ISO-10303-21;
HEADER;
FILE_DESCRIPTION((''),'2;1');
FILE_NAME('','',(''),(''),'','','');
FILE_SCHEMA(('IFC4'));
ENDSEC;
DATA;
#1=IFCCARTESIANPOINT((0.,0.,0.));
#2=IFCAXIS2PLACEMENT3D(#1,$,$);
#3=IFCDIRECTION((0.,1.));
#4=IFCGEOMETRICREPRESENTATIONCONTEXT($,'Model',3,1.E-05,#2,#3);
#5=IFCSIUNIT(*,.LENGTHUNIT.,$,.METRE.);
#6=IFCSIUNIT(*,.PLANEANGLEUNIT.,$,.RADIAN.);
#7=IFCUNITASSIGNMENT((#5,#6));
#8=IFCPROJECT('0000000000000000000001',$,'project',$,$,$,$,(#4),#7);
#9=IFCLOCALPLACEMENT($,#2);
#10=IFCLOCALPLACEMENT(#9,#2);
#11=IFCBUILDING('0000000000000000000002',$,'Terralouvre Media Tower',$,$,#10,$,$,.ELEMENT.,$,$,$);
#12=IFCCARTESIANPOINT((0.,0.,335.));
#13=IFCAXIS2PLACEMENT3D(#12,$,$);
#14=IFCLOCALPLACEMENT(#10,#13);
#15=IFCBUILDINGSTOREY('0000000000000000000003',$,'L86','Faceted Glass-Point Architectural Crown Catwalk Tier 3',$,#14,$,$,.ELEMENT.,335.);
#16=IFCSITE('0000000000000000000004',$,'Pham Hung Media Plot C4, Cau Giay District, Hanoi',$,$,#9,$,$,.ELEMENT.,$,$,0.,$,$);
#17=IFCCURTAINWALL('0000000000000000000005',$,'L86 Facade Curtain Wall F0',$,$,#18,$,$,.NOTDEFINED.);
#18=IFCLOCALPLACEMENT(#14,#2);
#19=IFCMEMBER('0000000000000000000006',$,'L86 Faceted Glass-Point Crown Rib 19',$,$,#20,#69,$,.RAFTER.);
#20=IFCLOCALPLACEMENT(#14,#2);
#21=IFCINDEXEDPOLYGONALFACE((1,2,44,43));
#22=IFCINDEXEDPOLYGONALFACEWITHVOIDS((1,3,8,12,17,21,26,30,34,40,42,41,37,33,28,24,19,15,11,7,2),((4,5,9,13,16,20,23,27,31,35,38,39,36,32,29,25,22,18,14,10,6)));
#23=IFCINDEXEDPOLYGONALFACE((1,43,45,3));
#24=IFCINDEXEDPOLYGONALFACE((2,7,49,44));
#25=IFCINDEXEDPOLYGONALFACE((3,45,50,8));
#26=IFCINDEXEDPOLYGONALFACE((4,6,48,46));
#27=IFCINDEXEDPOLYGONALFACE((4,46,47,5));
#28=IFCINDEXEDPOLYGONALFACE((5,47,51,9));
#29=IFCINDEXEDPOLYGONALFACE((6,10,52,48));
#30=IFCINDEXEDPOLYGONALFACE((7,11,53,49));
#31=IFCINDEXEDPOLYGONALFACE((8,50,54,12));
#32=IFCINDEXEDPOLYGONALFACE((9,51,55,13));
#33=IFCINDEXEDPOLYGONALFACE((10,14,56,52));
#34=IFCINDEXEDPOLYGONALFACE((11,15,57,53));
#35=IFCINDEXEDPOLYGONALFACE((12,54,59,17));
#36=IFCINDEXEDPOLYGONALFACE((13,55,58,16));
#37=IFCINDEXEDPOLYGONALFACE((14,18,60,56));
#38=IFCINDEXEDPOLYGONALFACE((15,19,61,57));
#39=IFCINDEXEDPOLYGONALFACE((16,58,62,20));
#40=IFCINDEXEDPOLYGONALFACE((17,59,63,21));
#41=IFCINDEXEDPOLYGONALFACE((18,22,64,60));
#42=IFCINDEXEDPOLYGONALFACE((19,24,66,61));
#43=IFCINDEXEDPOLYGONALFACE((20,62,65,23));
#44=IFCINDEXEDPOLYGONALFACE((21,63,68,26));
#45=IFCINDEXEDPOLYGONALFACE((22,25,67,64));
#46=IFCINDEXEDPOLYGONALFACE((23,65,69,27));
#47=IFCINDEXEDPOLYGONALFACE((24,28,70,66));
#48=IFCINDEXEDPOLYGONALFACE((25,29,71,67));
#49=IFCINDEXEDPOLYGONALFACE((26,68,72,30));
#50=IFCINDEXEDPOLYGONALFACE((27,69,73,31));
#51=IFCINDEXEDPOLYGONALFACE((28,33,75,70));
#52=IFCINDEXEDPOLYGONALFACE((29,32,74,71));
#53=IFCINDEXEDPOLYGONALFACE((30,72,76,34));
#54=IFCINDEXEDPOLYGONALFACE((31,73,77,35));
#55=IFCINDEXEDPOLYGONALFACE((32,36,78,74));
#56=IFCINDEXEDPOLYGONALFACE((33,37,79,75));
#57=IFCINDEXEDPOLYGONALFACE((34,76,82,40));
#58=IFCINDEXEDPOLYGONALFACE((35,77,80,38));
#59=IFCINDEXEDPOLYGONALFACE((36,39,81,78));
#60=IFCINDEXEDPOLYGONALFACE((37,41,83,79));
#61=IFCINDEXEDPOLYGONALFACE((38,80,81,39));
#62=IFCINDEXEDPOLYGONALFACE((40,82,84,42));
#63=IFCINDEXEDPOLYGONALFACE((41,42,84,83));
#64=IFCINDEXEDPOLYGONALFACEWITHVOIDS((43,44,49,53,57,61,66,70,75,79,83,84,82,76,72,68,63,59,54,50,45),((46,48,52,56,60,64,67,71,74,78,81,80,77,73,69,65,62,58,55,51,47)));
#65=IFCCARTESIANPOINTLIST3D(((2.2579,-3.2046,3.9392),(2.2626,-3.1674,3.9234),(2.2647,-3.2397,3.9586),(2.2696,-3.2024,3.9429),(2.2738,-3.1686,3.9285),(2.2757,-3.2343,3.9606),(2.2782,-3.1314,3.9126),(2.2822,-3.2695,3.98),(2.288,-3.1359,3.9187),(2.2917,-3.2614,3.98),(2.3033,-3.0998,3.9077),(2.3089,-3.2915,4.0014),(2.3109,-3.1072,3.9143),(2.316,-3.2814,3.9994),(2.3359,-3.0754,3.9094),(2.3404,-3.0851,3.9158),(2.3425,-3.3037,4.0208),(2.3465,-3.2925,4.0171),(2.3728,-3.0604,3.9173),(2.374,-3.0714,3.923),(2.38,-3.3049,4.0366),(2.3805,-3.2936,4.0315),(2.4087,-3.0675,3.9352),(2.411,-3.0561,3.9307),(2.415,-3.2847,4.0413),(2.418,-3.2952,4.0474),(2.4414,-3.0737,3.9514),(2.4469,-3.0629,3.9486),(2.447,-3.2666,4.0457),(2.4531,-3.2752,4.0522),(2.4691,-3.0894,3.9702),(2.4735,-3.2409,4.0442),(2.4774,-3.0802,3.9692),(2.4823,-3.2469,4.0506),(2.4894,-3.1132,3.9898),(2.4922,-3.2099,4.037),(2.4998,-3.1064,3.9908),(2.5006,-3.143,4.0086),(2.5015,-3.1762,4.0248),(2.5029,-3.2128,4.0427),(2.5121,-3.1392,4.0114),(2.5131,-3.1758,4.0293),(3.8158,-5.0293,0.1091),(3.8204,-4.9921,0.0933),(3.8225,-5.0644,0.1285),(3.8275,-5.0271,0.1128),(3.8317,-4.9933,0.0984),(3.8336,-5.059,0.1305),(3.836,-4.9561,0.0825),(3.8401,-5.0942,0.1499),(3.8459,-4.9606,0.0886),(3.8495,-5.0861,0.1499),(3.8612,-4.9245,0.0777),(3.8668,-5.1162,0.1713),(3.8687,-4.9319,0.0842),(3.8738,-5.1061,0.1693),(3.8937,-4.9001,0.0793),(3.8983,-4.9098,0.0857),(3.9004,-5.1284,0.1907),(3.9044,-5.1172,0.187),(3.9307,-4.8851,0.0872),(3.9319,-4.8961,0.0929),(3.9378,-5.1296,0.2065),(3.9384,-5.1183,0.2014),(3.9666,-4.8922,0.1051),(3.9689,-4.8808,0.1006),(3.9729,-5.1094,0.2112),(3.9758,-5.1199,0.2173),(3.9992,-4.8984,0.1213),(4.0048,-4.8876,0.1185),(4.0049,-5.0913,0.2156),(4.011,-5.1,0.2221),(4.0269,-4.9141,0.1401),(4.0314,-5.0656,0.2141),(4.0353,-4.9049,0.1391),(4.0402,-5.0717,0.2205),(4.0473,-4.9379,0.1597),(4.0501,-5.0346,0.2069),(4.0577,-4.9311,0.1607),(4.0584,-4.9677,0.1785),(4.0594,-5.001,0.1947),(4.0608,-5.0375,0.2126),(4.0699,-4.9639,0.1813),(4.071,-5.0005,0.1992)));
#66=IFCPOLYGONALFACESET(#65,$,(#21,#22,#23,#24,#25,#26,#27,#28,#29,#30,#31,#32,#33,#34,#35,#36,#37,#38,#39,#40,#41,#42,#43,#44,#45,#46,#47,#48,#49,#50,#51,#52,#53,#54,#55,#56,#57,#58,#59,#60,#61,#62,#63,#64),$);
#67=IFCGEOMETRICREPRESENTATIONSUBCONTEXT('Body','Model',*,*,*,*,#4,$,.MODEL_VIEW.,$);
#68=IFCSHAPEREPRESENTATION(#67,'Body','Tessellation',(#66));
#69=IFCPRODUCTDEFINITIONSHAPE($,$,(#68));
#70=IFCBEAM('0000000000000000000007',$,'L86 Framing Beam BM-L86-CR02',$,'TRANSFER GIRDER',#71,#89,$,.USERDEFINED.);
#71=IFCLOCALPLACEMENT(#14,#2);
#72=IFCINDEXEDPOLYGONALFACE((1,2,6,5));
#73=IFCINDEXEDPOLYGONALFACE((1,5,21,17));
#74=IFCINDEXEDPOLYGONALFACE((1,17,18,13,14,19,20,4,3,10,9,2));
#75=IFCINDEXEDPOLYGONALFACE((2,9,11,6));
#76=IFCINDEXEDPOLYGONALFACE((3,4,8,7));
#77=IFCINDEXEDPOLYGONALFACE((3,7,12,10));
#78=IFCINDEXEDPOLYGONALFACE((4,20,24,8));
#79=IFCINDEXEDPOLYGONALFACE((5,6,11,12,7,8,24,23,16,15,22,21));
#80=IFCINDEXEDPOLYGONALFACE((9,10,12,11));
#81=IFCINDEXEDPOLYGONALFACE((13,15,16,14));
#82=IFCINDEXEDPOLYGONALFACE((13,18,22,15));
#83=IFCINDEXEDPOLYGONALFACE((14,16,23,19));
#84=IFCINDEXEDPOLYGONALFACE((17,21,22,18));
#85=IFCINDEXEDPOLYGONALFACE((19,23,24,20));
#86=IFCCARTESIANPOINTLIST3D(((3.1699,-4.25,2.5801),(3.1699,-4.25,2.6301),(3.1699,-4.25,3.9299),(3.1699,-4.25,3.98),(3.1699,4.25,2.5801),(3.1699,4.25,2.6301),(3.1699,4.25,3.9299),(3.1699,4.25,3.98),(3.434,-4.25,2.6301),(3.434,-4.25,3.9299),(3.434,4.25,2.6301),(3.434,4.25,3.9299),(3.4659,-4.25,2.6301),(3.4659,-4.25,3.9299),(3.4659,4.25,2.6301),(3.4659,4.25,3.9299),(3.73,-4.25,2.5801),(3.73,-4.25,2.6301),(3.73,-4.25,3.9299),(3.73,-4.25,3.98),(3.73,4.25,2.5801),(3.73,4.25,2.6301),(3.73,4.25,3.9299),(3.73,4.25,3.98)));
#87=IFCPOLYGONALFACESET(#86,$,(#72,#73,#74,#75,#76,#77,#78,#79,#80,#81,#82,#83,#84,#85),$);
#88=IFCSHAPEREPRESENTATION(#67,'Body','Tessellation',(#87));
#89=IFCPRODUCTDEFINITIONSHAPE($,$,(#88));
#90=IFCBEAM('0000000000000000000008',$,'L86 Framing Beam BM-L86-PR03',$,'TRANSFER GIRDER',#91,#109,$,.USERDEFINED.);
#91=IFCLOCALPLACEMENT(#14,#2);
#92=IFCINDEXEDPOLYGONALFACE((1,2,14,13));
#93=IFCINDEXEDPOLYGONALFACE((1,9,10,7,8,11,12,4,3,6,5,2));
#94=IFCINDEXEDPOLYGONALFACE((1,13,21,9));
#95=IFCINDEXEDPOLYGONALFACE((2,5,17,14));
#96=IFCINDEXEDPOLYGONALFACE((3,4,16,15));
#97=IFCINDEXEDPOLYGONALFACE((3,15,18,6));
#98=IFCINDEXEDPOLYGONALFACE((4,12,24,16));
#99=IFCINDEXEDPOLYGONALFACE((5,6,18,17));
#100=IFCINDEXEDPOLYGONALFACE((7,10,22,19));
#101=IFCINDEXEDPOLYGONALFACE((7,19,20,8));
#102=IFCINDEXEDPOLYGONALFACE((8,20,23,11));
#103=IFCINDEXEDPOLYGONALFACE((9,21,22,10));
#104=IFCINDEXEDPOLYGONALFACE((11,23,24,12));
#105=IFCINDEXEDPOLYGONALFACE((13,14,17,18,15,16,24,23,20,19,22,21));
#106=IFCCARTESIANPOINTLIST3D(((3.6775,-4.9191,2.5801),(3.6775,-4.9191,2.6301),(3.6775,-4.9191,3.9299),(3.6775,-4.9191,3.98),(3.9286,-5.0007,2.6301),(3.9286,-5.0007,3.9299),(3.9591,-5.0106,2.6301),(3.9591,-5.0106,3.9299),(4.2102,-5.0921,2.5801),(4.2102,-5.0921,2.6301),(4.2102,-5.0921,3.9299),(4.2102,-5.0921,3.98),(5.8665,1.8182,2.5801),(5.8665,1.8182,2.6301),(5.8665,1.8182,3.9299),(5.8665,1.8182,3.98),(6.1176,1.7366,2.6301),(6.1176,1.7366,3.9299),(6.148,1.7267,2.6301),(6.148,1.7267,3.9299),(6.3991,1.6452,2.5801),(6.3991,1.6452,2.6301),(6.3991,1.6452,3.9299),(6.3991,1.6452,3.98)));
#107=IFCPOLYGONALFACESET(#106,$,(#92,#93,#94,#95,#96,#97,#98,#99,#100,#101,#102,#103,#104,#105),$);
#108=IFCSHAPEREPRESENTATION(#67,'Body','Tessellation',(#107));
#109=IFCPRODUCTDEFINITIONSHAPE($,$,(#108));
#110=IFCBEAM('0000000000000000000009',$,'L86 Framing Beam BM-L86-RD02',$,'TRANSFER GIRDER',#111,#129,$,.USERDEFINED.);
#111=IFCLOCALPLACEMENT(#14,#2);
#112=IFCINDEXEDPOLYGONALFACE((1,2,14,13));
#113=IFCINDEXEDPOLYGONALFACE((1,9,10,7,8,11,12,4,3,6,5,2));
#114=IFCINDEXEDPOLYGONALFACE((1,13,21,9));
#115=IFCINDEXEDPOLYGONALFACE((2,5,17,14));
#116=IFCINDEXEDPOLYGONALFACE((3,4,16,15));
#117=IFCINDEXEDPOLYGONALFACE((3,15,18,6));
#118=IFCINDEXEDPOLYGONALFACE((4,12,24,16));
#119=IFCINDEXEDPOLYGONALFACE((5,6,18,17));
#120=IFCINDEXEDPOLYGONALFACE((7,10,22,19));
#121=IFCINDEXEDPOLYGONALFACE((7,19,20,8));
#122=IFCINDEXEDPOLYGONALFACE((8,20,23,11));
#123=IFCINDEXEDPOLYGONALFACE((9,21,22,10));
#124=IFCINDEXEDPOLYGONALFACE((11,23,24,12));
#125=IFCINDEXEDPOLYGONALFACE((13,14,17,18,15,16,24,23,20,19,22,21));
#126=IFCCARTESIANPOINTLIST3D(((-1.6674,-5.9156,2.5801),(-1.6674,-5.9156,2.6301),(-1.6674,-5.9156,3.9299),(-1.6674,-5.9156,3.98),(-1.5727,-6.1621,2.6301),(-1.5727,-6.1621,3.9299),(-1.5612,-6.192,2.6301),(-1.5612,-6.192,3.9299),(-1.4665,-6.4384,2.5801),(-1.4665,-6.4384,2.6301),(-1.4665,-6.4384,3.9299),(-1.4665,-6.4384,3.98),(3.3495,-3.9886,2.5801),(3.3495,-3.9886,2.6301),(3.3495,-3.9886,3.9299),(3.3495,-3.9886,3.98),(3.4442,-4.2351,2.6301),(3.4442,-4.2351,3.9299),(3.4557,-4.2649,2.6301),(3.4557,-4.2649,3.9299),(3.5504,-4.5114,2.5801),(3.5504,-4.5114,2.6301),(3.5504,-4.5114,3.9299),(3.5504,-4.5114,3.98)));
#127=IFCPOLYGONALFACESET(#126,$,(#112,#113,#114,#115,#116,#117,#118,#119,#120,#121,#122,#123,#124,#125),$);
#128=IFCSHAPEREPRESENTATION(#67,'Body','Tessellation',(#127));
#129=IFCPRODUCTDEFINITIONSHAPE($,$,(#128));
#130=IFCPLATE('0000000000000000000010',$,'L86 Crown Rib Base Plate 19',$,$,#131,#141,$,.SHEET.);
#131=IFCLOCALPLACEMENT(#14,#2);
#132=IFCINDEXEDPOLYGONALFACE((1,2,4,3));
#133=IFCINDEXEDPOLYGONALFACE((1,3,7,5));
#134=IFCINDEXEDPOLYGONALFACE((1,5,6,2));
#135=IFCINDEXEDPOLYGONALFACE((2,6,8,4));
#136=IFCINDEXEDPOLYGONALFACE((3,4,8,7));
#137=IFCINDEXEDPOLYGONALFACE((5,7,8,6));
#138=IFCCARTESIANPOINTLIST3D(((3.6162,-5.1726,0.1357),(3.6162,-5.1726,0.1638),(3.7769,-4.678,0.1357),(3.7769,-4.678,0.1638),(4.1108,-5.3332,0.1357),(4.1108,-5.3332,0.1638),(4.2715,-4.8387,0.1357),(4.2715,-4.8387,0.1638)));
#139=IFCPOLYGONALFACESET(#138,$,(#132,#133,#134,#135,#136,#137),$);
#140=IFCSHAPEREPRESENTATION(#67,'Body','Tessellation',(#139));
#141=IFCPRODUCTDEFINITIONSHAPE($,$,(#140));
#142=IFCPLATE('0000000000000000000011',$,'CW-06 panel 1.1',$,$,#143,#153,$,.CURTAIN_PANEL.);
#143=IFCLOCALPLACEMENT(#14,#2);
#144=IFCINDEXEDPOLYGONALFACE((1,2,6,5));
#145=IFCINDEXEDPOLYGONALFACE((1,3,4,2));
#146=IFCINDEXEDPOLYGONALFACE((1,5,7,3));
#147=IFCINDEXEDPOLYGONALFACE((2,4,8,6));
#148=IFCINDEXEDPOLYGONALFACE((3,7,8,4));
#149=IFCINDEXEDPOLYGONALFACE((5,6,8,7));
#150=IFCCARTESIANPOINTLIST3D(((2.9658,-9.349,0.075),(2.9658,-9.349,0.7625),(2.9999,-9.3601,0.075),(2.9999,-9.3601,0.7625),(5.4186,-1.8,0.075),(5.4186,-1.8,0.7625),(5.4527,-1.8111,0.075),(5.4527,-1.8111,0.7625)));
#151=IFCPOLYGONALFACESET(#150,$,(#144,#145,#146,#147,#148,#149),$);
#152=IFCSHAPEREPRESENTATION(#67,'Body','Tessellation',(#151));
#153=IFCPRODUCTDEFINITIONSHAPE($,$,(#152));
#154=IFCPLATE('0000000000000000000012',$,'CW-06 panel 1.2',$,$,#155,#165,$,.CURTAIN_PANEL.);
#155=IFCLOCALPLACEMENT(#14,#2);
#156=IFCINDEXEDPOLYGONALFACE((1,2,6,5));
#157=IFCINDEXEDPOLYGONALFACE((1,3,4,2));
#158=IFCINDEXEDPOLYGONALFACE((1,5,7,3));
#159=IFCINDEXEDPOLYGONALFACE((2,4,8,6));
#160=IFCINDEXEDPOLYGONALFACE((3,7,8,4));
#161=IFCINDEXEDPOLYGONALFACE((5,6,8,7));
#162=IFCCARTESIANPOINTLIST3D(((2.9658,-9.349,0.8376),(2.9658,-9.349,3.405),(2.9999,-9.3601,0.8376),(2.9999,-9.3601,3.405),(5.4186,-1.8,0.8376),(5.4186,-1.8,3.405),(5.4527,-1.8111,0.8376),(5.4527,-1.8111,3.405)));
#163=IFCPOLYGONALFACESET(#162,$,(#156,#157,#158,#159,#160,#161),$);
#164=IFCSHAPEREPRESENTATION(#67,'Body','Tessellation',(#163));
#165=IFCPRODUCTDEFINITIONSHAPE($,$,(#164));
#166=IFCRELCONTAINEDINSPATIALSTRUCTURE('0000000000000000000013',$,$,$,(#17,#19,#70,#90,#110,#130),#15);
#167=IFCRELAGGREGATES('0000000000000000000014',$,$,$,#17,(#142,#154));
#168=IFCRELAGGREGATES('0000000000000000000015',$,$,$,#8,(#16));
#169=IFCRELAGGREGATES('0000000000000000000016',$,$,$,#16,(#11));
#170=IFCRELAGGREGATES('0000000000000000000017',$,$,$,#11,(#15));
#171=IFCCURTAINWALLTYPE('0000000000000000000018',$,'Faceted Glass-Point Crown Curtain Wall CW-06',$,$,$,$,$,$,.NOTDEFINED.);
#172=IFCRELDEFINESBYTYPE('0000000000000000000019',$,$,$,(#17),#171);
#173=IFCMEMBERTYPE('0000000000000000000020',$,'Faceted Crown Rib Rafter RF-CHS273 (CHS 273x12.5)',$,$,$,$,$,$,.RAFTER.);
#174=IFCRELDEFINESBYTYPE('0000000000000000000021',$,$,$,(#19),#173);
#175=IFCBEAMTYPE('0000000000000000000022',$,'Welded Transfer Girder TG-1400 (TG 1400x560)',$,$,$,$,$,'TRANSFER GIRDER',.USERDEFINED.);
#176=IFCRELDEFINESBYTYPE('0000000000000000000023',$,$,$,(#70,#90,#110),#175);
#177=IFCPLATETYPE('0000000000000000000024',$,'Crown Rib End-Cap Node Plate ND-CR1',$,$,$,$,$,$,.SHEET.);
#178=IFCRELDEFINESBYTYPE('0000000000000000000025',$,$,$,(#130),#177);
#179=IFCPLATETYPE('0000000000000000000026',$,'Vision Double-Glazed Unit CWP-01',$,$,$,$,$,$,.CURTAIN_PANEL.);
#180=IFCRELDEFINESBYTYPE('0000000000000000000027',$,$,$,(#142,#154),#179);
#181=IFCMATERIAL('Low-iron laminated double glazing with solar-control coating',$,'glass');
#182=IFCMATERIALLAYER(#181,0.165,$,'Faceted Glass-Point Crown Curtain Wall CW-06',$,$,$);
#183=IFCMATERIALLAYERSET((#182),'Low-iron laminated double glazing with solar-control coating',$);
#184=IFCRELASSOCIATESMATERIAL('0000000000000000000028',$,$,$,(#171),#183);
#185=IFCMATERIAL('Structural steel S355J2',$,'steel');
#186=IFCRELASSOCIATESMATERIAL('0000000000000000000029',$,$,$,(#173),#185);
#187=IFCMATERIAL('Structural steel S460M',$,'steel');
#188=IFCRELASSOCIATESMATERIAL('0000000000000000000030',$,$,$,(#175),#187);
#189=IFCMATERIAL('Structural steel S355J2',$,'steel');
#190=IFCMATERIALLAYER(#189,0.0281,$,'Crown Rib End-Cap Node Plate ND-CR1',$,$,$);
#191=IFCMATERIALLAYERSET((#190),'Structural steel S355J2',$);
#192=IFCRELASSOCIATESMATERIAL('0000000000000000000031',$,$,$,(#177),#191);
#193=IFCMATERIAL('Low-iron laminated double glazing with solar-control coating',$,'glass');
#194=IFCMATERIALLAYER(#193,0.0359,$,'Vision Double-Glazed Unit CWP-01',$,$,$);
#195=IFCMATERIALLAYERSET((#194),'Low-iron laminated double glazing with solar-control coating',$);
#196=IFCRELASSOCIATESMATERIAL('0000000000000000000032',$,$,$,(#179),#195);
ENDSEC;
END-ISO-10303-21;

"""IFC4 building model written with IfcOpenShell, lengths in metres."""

from ifc_helpers import new_model, si_unit, direction, frame, origin, origin_2d, place, context, subcontext, project, spatial, rectangle, hollow_circle, i_section, extrude, material, layer, layer_set, material_profile, profile_set, type_object, element, aggregate, save


model = new_model("IFC4")

# Units and contexts
model_context = context("Model", 3, precision=1e-05, world=origin(), true_north=direction((0.0, 1.0)))
body_context = subcontext(model_context, "Body", "Model", "MODEL_VIEW")
ifc_project = project(units=[si_unit("LENGTHUNIT", "METRE"), si_unit("PLANEANGLEUNIT", "RADIAN")], contexts=[model_context])

# Site, building, storey
site_placement = place(None, origin())
site = spatial("IfcSite", under=ifc_project, at=site_placement, Name="Pham Hung Media Plot C4, Cau Giay District, Hanoi", CompositionType="ELEMENT", RefElevation=0.0)
building_placement = place(site_placement, origin())
building = spatial("IfcBuilding", under=site, at=building_placement, Name="Terralouvre Media Tower", CompositionType="ELEMENT")
storey_placement = place(building_placement, frame((0.0, 0.0, 335.0)))
storey = spatial("IfcBuildingStorey", under=building, at=storey_placement, Name="L86", Description="Faceted Glass-Point Architectural Crown Catwalk Tier 3", CompositionType="ELEMENT", Elevation=335.0)

# Curtain wall
ifc_material_1 = material(Name="Low-iron laminated double glazing with solar-control coating", Category="glass")
ifc_layer_1 = layer(ifc_material_1, 0.165, Name="Faceted Glass-Point Crown Curtain Wall CW-06")
ifc_layer_set_1 = layer_set([ifc_layer_1], Name="Low-iron laminated double glazing with solar-control coating")
curtain_wall_type = type_object("IfcCurtainWallType", Name="Faceted Glass-Point Crown Curtain Wall CW-06", PredefinedType="NOTDEFINED", material=ifc_layer_set_1)
curtain_wall_1_placement = place(storey_placement, origin())
curtain_wall_1 = element("IfcCurtainWall", 1, at=curtain_wall_1_placement, inside=storey, type_object=curtain_wall_type, Name="L86 Facade Curtain Wall F0", PredefinedType="NOTDEFINED")

# Member
ifc_material_2 = material(Name="Structural steel S355J2", Category="steel")
ifc_material_profile_1 = material_profile(ifc_material_2, hollow_circle(Radius=0.1365, WallThickness=0.0125, at=origin_2d()), Name="CHS 273x12.5")
ifc_profile_set_1 = profile_set([ifc_material_profile_1], Name="Structural steel S355J2")
member_type_1 = type_object("IfcMemberType", Name="Faceted Crown Rib Rafter RF-CHS273 (CHS 273x12.5)", PredefinedType="RAFTER", material=ifc_profile_set_1)
member_1_placement = place(storey_placement, frame((3.9438, -5.0056, 0.1499), z_axis=(-0.344697, 0.40374, 0.847454), x_axis=(-0.760527, -0.649307, 0.0)))
element("IfcMember", 2, at=member_1_placement, inside=storey, type_object=member_type_1, Name="L86 Faceted Glass-Point Crown Rib 19", PredefinedType="RAFTER", context=body_context, shape_type="SweptSolid", body=[
    extrude(hollow_circle(Radius=0.1365, WallThickness=0.0125, at=origin_2d()), origin(), (0.0, 0.0, 1.0), 4.5195),
])

# Beams
ifc_material_3 = material(Name="Structural steel S460M", Category="steel")
ifc_material_profile_2 = material_profile(ifc_material_3, i_section(OverallWidth=0.5601, OverallDepth=1.3999, WebThickness=0.032, FlangeThickness=0.05, at=origin_2d()), Name="TG 1400x560")
ifc_profile_set_2 = profile_set([ifc_material_profile_2], Name="Structural steel S460M")
beam_type = type_object("IfcBeamType", Name="Welded Transfer Girder TG-1400 (TG 1400x560)", ElementType="TRANSFER GIRDER", PredefinedType="USERDEFINED", material=ifc_profile_set_2)
beam_1_placement = place(storey_placement, frame((3.45, -4.25, 3.28), z_axis=(0.0, 1.0, 0.0), x_axis=(-1.0, 0.0, 0.0)))
element("IfcBeam", 3, at=beam_1_placement, inside=storey, type_object=beam_type, Name="L86 Framing Beam BM-L86-CR02", ObjectType="TRANSFER GIRDER", PredefinedType="USERDEFINED", context=body_context, shape_type="SweptSolid", body=[
    extrude(i_section(OverallWidth=0.5601, OverallDepth=1.3999, WebThickness=0.032, FlangeThickness=0.05, at=origin_2d()), origin(), (0.0, 0.0, 1.0), 8.5),
])
beam_2_placement = place(storey_placement, frame((3.9438, -5.0056, 3.28), z_axis=(0.309002, 0.951061, 0.0), x_axis=(-0.951061, 0.309002, 0.0)))
element("IfcBeam", 4, at=beam_2_placement, inside=storey, type_object=beam_type, Name="L86 Framing Beam BM-L86-PR03", ObjectType="TRANSFER GIRDER", PredefinedType="USERDEFINED", context=body_context, shape_type="SweptSolid", body=[
    extrude(i_section(OverallWidth=0.5601, OverallDepth=1.3999, WebThickness=0.032, FlangeThickness=0.05, at=origin_2d()), origin(), (0.0, 0.0, 1.0), 7.084),
])
beam_3_placement = place(storey_placement, frame((3.45, -4.25, 3.28), z_axis=(-0.933505, -0.358565, 0.0), x_axis=(0.358565, -0.933505, 0.0)))
element("IfcBeam", 5, at=beam_3_placement, inside=storey, type_object=beam_type, Name="L86 Framing Beam BM-L86-RD02", ObjectType="TRANSFER GIRDER", PredefinedType="USERDEFINED", context=body_context, shape_type="SweptSolid", body=[
    extrude(i_section(OverallWidth=0.5601, OverallDepth=1.3999, WebThickness=0.032, FlangeThickness=0.05, at=origin_2d()), origin(), (0.0, 0.0, 1.0), 5.3743),
])

# Plates
ifc_material_4 = material(Name="Structural steel S355J2", Category="steel")
ifc_layer_2 = layer(ifc_material_4, 0.0281, Name="Crown Rib End-Cap Node Plate ND-CR1")
ifc_layer_set_2 = layer_set([ifc_layer_2], Name="Structural steel S355J2")
plate_type_1 = type_object("IfcPlateType", Name="Crown Rib End-Cap Node Plate ND-CR1", PredefinedType="SHEET", material=ifc_layer_set_2)
plate_1_placement = place(storey_placement, frame((3.9438, -5.0056, 0.1357), z_axis=(0.0, 0.0, 1.0), x_axis=(0.309017, 0.951057, 0.0)))
element("IfcPlate", 6, at=plate_1_placement, inside=storey, type_object=plate_type_1, Name="L86 Crown Rib Base Plate 19", PredefinedType="SHEET", context=body_context, shape_type="SweptSolid", body=[
    extrude(rectangle(XDim=0.52, YDim=0.52, at=origin_2d()), origin(), (0.0, 0.0, 1.0), 0.0281),
])
ifc_material_5 = material(Name="Low-iron laminated double glazing with solar-control coating", Category="glass")
ifc_layer_3 = layer(ifc_material_5, 0.0359, Name="Vision Double-Glazed Unit CWP-01")
ifc_layer_set_3 = layer_set([ifc_layer_3], Name="Low-iron laminated double glazing with solar-control coating")
plate_type_2 = type_object("IfcPlateType", Name="Vision Double-Glazed Unit CWP-01", PredefinedType="CURTAIN_PANEL", material=ifc_layer_set_3)
plate_2_placement = place(storey_placement, frame((4.2092, -5.5801, 0.075), z_axis=(0.0, 0.0, 1.0), x_axis=(0.309017, 0.951057, 0.0)))
plate_2 = element("IfcPlate", 7, at=plate_2_placement, type_object=plate_type_2, Name="CW-06 panel 1.1", PredefinedType="CURTAIN_PANEL", context=body_context, shape_type="SweptSolid", body=[
    extrude(rectangle(XDim=7.9375, YDim=0.0359, at=origin_2d()), origin(), (0.0, 0.0, 1.0), 0.6875),
])
plate_3_placement = place(storey_placement, frame((4.2092, -5.5801, 0.8376), z_axis=(0.0, 0.0, 1.0), x_axis=(0.309017, 0.951057, 0.0)))
plate_3 = element("IfcPlate", 8, at=plate_3_placement, type_object=plate_type_2, Name="CW-06 panel 1.2", PredefinedType="CURTAIN_PANEL", context=body_context, shape_type="SweptSolid", body=[
    extrude(rectangle(XDim=7.9375, YDim=0.0359, at=origin_2d()), origin(), (0.0, 0.0, 1.0), 2.5674),
])
aggregate(curtain_wall_1, [plate_2, plate_3])

save(model, "model.ifc")
